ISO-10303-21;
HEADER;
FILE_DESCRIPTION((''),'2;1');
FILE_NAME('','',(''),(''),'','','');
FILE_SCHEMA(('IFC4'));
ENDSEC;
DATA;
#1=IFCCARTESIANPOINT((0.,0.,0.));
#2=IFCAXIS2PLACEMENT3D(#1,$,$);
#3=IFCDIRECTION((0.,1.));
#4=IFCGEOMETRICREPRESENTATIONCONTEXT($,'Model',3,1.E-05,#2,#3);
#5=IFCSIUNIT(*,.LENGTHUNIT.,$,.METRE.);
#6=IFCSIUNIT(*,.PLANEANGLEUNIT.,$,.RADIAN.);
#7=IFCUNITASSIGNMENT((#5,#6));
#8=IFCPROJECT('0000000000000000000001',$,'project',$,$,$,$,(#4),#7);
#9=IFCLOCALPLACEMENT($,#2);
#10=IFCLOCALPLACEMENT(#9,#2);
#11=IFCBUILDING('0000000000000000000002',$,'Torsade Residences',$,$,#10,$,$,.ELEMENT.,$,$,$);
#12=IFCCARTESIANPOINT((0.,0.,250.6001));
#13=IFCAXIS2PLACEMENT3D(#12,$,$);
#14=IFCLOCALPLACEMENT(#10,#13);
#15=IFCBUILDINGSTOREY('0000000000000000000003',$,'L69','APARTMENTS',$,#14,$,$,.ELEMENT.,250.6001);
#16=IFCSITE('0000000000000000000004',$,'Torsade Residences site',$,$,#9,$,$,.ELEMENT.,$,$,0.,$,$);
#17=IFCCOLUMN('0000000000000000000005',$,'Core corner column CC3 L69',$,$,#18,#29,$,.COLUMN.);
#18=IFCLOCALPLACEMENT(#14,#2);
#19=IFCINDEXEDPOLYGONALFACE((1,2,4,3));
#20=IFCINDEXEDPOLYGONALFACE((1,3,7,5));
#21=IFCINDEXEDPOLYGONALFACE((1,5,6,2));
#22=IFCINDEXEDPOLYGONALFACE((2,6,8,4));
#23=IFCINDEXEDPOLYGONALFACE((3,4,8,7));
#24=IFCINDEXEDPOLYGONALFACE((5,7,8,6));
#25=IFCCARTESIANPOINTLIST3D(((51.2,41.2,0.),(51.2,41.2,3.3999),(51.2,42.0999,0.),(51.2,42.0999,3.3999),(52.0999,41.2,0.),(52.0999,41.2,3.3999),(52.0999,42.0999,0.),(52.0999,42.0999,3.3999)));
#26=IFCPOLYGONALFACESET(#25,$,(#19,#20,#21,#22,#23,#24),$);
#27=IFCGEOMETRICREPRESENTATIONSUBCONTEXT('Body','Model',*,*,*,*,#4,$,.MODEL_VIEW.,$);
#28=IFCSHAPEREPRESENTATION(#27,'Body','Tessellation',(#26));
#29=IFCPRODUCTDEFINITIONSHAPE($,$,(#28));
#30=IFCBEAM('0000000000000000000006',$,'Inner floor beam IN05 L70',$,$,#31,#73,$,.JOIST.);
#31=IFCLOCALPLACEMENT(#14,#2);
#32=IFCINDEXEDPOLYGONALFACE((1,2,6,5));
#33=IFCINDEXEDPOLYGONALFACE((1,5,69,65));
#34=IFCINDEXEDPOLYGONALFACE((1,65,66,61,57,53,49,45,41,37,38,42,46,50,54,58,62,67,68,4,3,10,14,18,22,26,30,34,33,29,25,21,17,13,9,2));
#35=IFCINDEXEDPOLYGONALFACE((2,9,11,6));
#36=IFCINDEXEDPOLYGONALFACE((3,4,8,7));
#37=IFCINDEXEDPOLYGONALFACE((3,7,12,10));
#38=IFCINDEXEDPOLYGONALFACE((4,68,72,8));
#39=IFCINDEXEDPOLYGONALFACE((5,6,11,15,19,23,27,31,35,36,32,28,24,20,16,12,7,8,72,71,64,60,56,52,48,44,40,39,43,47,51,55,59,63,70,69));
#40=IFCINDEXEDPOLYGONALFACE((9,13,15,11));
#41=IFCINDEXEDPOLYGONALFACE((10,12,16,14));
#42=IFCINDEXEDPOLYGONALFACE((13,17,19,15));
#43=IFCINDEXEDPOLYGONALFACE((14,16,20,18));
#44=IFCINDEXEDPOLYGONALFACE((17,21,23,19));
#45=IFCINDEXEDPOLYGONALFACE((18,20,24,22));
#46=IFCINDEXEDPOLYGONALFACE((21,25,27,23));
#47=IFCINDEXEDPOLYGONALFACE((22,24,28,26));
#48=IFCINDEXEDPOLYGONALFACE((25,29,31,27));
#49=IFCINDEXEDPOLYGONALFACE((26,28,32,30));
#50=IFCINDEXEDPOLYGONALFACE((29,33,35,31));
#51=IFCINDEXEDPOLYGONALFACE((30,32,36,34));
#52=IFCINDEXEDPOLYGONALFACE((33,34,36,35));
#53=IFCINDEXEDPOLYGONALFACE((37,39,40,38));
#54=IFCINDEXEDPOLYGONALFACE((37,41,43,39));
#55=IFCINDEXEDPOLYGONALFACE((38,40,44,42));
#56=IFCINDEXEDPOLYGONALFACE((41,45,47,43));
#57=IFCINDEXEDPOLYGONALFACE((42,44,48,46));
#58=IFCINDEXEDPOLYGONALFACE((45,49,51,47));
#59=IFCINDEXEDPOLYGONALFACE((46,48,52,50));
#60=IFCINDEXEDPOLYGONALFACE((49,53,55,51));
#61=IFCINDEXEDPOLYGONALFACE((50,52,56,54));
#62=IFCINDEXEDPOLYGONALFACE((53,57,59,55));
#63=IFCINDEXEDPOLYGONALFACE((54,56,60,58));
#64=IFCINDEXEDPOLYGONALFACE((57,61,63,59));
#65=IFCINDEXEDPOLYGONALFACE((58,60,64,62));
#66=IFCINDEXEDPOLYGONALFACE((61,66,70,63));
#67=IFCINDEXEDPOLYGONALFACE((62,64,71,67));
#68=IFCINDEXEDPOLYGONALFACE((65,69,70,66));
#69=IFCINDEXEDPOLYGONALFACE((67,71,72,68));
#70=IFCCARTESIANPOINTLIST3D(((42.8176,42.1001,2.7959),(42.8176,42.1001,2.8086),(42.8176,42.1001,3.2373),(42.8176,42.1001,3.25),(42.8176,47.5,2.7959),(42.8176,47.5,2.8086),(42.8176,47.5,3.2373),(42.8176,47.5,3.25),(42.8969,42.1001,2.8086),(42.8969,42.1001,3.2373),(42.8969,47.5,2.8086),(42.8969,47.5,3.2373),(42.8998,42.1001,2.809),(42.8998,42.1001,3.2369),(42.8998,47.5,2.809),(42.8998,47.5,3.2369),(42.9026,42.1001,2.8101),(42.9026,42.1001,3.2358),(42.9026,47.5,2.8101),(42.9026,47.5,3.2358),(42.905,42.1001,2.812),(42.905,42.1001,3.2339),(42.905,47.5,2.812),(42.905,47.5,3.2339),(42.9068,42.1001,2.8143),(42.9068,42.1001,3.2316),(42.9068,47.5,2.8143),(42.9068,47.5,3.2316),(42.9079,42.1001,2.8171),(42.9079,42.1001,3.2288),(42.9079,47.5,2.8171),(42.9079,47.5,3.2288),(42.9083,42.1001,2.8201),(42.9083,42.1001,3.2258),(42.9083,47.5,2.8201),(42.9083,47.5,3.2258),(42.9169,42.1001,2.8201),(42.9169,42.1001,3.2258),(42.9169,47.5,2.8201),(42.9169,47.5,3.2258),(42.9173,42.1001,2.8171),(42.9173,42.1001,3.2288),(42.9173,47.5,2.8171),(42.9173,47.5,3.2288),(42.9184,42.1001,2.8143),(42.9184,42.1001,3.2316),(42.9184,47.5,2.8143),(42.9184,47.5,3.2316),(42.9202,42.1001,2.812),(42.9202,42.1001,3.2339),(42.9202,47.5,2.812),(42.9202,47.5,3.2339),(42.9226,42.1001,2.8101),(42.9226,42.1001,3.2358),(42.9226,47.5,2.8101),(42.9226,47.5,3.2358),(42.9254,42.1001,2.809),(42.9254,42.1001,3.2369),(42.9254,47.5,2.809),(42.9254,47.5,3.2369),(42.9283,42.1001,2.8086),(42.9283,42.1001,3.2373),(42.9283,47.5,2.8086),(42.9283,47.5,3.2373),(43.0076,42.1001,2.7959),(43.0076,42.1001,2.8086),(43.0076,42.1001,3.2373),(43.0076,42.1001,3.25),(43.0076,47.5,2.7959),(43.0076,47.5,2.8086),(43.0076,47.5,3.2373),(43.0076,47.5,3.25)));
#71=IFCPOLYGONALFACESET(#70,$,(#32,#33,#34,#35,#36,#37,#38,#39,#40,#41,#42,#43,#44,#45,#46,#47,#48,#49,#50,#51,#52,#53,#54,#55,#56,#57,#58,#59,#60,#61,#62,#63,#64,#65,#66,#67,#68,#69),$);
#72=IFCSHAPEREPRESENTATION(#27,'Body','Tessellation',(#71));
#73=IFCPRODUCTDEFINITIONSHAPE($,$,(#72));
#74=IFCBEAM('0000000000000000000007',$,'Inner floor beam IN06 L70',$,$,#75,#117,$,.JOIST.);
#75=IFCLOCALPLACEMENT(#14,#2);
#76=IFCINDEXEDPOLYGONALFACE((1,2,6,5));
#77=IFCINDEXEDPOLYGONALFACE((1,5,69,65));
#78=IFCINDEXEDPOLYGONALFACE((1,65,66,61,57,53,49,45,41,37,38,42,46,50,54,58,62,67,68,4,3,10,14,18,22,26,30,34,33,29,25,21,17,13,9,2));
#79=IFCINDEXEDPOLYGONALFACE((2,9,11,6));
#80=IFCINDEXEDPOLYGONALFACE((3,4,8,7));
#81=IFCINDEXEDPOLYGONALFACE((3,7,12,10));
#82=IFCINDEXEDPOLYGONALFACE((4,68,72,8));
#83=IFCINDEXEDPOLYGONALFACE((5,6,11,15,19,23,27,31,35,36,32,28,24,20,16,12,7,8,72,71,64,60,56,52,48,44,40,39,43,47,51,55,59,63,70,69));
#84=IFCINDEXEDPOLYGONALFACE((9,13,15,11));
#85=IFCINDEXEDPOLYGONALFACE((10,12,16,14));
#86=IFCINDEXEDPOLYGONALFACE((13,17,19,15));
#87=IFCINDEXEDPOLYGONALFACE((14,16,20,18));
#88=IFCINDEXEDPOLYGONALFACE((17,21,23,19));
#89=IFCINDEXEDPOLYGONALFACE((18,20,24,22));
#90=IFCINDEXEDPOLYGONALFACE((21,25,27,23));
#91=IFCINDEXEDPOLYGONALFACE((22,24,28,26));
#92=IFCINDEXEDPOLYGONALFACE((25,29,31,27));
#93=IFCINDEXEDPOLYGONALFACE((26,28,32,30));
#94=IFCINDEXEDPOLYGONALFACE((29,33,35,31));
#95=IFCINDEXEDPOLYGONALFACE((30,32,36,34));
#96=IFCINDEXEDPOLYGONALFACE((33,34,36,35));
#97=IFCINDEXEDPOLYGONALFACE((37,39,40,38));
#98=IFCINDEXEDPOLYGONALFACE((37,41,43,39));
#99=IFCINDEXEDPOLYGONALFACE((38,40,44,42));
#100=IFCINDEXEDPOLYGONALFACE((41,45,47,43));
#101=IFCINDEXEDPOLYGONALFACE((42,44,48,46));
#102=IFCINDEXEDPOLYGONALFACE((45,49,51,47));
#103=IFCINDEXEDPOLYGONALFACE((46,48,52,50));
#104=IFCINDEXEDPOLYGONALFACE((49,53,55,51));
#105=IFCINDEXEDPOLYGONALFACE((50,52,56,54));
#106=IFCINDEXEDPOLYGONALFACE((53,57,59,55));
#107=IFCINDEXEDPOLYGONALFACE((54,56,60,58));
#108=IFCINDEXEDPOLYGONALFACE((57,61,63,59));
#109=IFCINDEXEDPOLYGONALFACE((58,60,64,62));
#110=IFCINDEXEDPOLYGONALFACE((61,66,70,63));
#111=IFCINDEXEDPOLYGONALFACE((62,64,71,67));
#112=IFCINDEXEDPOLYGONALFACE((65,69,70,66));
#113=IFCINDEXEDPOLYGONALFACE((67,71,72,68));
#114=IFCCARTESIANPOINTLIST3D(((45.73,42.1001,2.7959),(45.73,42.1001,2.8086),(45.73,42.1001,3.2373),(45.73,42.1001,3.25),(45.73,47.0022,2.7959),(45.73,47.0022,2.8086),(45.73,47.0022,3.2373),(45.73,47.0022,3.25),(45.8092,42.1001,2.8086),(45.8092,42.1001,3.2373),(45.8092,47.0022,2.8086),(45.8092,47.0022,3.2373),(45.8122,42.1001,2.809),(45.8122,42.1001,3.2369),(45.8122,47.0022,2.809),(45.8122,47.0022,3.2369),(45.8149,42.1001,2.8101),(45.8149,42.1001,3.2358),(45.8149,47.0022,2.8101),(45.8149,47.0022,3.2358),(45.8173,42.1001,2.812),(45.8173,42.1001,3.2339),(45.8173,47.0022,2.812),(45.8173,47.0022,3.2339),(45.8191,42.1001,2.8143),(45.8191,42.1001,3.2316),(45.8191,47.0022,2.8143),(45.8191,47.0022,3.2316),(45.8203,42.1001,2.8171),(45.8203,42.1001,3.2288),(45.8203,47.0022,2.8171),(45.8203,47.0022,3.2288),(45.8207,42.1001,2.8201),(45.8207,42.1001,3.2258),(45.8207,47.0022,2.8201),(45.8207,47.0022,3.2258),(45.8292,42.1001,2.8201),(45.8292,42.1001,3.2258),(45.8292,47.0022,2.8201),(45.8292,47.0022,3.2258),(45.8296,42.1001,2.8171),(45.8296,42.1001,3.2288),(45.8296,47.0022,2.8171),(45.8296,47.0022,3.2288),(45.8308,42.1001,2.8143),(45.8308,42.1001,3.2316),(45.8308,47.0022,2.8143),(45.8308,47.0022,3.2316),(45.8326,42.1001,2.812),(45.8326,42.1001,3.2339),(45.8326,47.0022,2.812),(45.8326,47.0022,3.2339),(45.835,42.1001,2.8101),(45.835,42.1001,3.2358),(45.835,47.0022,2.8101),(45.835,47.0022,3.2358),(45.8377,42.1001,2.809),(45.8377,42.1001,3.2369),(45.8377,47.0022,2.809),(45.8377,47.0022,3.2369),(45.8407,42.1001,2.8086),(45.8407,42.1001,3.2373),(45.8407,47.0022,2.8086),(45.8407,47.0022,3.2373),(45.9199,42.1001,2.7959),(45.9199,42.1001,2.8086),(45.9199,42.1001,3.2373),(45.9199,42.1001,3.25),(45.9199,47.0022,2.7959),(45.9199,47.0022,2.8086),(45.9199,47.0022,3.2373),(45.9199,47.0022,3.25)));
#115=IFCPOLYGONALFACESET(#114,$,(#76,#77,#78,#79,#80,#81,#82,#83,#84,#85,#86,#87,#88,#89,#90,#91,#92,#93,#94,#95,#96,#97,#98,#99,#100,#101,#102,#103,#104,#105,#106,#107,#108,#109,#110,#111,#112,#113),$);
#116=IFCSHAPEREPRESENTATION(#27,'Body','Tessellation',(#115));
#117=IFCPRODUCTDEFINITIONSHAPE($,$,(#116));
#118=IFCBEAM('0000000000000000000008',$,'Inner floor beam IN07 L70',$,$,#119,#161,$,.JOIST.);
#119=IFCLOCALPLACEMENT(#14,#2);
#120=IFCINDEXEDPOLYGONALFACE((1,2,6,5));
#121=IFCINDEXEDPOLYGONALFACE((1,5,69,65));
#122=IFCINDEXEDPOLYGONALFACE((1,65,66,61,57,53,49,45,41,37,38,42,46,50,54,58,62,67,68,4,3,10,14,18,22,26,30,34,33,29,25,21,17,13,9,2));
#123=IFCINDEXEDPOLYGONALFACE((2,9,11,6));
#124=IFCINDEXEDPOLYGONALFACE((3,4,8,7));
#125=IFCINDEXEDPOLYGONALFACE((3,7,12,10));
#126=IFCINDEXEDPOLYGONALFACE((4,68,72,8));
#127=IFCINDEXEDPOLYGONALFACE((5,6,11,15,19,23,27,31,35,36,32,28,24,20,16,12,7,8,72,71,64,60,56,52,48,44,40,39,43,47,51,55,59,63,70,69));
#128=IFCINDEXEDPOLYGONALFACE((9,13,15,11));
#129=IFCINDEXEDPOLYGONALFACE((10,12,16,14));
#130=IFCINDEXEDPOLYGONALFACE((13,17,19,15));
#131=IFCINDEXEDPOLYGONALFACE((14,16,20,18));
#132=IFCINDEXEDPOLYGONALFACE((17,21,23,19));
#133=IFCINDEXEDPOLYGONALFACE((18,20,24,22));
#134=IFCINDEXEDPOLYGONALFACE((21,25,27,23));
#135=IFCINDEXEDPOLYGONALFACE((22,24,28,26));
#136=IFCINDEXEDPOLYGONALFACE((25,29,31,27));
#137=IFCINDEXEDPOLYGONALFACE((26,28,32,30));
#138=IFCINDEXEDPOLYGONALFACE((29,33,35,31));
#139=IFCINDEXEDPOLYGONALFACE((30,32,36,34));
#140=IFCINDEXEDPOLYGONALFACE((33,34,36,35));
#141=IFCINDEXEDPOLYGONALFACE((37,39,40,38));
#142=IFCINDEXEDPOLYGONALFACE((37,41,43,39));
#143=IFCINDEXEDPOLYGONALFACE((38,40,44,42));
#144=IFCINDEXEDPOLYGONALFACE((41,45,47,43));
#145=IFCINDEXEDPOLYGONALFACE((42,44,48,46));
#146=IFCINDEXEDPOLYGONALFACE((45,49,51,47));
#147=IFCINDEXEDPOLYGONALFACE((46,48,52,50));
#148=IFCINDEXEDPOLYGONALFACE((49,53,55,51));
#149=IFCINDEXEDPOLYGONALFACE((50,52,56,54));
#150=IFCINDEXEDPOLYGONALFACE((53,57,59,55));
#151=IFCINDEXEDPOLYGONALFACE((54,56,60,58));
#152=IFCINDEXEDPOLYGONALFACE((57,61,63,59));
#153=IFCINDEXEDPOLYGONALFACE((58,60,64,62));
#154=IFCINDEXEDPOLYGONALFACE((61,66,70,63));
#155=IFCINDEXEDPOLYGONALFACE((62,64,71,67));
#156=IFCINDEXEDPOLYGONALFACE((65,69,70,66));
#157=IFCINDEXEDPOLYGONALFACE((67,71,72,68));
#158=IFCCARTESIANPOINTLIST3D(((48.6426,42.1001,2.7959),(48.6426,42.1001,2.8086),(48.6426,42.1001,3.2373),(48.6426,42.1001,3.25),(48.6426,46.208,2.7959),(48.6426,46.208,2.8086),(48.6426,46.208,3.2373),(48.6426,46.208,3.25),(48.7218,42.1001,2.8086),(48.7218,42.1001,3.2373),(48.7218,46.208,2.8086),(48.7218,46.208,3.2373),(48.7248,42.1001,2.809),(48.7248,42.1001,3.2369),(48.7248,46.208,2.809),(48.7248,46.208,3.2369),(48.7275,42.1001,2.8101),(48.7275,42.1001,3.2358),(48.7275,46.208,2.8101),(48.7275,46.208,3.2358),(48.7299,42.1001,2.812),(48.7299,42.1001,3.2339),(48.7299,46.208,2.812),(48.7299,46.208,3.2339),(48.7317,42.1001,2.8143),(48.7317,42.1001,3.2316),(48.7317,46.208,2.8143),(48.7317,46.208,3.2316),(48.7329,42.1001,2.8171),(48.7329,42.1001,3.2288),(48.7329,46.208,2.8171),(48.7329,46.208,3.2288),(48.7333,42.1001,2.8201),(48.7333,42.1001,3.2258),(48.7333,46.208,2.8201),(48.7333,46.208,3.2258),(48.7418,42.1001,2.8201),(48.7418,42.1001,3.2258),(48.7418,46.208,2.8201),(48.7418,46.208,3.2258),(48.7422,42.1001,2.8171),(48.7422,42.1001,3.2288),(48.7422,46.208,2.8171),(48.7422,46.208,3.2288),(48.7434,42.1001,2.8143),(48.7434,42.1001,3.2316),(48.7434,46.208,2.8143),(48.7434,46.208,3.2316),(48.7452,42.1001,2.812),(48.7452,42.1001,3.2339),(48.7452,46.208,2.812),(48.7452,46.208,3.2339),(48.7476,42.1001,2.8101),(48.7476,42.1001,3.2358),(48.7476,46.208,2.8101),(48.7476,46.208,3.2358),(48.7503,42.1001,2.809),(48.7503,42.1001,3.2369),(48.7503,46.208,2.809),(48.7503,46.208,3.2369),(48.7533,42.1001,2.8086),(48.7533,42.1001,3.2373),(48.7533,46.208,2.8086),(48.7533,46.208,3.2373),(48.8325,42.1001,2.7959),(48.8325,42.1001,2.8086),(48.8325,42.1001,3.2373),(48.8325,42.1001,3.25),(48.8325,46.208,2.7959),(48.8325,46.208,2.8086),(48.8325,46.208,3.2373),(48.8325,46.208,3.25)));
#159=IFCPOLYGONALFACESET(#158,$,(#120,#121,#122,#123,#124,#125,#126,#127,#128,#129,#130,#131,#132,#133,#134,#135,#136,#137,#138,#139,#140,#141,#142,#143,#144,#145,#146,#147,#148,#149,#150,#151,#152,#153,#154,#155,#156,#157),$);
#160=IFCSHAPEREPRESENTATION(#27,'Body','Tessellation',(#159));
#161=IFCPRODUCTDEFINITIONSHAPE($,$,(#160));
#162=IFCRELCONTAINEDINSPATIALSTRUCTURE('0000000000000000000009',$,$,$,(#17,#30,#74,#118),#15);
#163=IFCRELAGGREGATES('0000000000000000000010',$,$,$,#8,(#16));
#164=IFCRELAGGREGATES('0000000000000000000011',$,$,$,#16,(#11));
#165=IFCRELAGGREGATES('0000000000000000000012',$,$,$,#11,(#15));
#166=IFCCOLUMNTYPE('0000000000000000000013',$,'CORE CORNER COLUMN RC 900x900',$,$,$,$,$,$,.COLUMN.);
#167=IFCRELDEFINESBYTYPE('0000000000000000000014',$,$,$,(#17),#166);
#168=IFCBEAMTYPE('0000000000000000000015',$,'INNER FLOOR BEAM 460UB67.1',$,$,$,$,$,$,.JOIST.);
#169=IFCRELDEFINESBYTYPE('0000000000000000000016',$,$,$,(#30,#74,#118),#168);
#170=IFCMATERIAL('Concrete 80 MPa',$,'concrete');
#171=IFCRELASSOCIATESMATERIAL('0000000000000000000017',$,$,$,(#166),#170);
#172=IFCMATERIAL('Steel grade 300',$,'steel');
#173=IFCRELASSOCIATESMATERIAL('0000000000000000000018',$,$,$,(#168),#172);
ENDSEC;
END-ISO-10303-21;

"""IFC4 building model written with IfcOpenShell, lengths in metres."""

from ifc_helpers import new_model, si_unit, direction, frame, origin, origin_2d, place, context, subcontext, project, spatial, rectangle, i_section, extrude, material, material_profile, profile_set, type_object, element, save


model = new_model("IFC4")

# Units and contexts
model_context = context("Model", 3, precision=1e-05, world=origin(), true_north=direction((0.0, 1.0)))
body_context = subcontext(model_context, "Body", "Model", "MODEL_VIEW")
ifc_project = project(units=[si_unit("LENGTHUNIT", "METRE"), si_unit("PLANEANGLEUNIT", "RADIAN")], contexts=[model_context])

# Site, building, storey
site_placement = place(None, origin())
site = spatial("IfcSite", under=ifc_project, at=site_placement, Name="Torsade Residences site", CompositionType="ELEMENT", RefElevation=0.0)
building_placement = place(site_placement, origin())
building = spatial("IfcBuilding", under=site, at=building_placement, Name="Torsade Residences", CompositionType="ELEMENT")
storey_placement = place(building_placement, frame((0.0, 0.0, 250.6001)))
storey = spatial("IfcBuildingStorey", under=building, at=storey_placement, Name="L69", Description="APARTMENTS", CompositionType="ELEMENT", Elevation=250.6001)

# Column
ifc_material_1 = material(Name="Concrete 80 MPa", Category="concrete")
ifc_material_profile_1 = material_profile(ifc_material_1, rectangle(XDim=0.8999, YDim=0.8999, at=origin_2d()), Name="RC 900x900")
ifc_profile_set_1 = profile_set([ifc_material_profile_1], Name="Concrete 80 MPa")
column_type = type_object("IfcColumnType", Name="CORE CORNER COLUMN RC 900x900", PredefinedType="COLUMN", material=ifc_profile_set_1)
column_placement = place(storey_placement, frame((51.6499, 41.6499, 0.0), z_axis=(0.0, 0.0, 1.0), x_axis=(1.0, 0.0, 0.0)))
element("IfcColumn", 1, at=column_placement, inside=storey, type_object=column_type, Name="Core corner column CC3 L69", PredefinedType="COLUMN", context=body_context, shape_type="SweptSolid", body=[
    extrude(rectangle(XDim=0.8999, YDim=0.8999, at=origin_2d()), origin(), (0.0, 0.0, 1.0), 3.3999),
])

# Beams
ifc_material_2 = material(Name="Steel grade 300", Category="steel")
ifc_material_profile_2 = material_profile(ifc_material_2, i_section(OverallWidth=0.1899, OverallDepth=0.4541, WebThickness=0.0085, FlangeThickness=0.0127, FilletRadius=0.0115, at=origin_2d()), Name="460UB67.1")
ifc_profile_set_2 = profile_set([ifc_material_profile_2], Name="Steel grade 300")
beam_type = type_object("IfcBeamType", Name="INNER FLOOR BEAM 460UB67.1", PredefinedType="JOIST", material=ifc_profile_set_2)
beam_1_placement = place(storey_placement, frame((42.9126, 42.1001, 3.0229), z_axis=(0.0, 1.0, 0.0), x_axis=(-1.0, 0.0, 0.0)))
element("IfcBeam", 2, at=beam_1_placement, inside=storey, type_object=beam_type, Name="Inner floor beam IN05 L70", PredefinedType="JOIST", context=body_context, shape_type="SweptSolid", body=[
    extrude(i_section(OverallWidth=0.1899, OverallDepth=0.4541, WebThickness=0.0085, FlangeThickness=0.0127, FilletRadius=0.0115, at=origin_2d()), origin(), (0.0, 0.0, 1.0), 5.3999),
])
beam_2_placement = place(storey_placement, frame((45.825, 42.1001, 3.0229), z_axis=(0.0, 1.0, 0.0), x_axis=(-1.0, 0.0, 0.0)))
element("IfcBeam", 3, at=beam_2_placement, inside=storey, type_object=beam_type, Name="Inner floor beam IN06 L70", PredefinedType="JOIST", context=body_context, shape_type="SweptSolid", body=[
    extrude(i_section(OverallWidth=0.1899, OverallDepth=0.4541, WebThickness=0.0085, FlangeThickness=0.0127, FilletRadius=0.0115, at=origin_2d()), origin(), (0.0, 0.0, 1.0), 4.9021),
])
beam_3_placement = place(storey_placement, frame((48.7375, 42.1001, 3.0229), z_axis=(0.0, 1.0, 0.0), x_axis=(-1.0, 0.0, 0.0)))
element("IfcBeam", 4, at=beam_3_placement, inside=storey, type_object=beam_type, Name="Inner floor beam IN07 L70", PredefinedType="JOIST", context=body_context, shape_type="SweptSolid", body=[
    extrude(i_section(OverallWidth=0.1899, OverallDepth=0.4541, WebThickness=0.0085, FlangeThickness=0.0127, FilletRadius=0.0115, at=origin_2d()), origin(), (0.0, 0.0, 1.0), 4.1079),
])

save(model, "model.ifc")
